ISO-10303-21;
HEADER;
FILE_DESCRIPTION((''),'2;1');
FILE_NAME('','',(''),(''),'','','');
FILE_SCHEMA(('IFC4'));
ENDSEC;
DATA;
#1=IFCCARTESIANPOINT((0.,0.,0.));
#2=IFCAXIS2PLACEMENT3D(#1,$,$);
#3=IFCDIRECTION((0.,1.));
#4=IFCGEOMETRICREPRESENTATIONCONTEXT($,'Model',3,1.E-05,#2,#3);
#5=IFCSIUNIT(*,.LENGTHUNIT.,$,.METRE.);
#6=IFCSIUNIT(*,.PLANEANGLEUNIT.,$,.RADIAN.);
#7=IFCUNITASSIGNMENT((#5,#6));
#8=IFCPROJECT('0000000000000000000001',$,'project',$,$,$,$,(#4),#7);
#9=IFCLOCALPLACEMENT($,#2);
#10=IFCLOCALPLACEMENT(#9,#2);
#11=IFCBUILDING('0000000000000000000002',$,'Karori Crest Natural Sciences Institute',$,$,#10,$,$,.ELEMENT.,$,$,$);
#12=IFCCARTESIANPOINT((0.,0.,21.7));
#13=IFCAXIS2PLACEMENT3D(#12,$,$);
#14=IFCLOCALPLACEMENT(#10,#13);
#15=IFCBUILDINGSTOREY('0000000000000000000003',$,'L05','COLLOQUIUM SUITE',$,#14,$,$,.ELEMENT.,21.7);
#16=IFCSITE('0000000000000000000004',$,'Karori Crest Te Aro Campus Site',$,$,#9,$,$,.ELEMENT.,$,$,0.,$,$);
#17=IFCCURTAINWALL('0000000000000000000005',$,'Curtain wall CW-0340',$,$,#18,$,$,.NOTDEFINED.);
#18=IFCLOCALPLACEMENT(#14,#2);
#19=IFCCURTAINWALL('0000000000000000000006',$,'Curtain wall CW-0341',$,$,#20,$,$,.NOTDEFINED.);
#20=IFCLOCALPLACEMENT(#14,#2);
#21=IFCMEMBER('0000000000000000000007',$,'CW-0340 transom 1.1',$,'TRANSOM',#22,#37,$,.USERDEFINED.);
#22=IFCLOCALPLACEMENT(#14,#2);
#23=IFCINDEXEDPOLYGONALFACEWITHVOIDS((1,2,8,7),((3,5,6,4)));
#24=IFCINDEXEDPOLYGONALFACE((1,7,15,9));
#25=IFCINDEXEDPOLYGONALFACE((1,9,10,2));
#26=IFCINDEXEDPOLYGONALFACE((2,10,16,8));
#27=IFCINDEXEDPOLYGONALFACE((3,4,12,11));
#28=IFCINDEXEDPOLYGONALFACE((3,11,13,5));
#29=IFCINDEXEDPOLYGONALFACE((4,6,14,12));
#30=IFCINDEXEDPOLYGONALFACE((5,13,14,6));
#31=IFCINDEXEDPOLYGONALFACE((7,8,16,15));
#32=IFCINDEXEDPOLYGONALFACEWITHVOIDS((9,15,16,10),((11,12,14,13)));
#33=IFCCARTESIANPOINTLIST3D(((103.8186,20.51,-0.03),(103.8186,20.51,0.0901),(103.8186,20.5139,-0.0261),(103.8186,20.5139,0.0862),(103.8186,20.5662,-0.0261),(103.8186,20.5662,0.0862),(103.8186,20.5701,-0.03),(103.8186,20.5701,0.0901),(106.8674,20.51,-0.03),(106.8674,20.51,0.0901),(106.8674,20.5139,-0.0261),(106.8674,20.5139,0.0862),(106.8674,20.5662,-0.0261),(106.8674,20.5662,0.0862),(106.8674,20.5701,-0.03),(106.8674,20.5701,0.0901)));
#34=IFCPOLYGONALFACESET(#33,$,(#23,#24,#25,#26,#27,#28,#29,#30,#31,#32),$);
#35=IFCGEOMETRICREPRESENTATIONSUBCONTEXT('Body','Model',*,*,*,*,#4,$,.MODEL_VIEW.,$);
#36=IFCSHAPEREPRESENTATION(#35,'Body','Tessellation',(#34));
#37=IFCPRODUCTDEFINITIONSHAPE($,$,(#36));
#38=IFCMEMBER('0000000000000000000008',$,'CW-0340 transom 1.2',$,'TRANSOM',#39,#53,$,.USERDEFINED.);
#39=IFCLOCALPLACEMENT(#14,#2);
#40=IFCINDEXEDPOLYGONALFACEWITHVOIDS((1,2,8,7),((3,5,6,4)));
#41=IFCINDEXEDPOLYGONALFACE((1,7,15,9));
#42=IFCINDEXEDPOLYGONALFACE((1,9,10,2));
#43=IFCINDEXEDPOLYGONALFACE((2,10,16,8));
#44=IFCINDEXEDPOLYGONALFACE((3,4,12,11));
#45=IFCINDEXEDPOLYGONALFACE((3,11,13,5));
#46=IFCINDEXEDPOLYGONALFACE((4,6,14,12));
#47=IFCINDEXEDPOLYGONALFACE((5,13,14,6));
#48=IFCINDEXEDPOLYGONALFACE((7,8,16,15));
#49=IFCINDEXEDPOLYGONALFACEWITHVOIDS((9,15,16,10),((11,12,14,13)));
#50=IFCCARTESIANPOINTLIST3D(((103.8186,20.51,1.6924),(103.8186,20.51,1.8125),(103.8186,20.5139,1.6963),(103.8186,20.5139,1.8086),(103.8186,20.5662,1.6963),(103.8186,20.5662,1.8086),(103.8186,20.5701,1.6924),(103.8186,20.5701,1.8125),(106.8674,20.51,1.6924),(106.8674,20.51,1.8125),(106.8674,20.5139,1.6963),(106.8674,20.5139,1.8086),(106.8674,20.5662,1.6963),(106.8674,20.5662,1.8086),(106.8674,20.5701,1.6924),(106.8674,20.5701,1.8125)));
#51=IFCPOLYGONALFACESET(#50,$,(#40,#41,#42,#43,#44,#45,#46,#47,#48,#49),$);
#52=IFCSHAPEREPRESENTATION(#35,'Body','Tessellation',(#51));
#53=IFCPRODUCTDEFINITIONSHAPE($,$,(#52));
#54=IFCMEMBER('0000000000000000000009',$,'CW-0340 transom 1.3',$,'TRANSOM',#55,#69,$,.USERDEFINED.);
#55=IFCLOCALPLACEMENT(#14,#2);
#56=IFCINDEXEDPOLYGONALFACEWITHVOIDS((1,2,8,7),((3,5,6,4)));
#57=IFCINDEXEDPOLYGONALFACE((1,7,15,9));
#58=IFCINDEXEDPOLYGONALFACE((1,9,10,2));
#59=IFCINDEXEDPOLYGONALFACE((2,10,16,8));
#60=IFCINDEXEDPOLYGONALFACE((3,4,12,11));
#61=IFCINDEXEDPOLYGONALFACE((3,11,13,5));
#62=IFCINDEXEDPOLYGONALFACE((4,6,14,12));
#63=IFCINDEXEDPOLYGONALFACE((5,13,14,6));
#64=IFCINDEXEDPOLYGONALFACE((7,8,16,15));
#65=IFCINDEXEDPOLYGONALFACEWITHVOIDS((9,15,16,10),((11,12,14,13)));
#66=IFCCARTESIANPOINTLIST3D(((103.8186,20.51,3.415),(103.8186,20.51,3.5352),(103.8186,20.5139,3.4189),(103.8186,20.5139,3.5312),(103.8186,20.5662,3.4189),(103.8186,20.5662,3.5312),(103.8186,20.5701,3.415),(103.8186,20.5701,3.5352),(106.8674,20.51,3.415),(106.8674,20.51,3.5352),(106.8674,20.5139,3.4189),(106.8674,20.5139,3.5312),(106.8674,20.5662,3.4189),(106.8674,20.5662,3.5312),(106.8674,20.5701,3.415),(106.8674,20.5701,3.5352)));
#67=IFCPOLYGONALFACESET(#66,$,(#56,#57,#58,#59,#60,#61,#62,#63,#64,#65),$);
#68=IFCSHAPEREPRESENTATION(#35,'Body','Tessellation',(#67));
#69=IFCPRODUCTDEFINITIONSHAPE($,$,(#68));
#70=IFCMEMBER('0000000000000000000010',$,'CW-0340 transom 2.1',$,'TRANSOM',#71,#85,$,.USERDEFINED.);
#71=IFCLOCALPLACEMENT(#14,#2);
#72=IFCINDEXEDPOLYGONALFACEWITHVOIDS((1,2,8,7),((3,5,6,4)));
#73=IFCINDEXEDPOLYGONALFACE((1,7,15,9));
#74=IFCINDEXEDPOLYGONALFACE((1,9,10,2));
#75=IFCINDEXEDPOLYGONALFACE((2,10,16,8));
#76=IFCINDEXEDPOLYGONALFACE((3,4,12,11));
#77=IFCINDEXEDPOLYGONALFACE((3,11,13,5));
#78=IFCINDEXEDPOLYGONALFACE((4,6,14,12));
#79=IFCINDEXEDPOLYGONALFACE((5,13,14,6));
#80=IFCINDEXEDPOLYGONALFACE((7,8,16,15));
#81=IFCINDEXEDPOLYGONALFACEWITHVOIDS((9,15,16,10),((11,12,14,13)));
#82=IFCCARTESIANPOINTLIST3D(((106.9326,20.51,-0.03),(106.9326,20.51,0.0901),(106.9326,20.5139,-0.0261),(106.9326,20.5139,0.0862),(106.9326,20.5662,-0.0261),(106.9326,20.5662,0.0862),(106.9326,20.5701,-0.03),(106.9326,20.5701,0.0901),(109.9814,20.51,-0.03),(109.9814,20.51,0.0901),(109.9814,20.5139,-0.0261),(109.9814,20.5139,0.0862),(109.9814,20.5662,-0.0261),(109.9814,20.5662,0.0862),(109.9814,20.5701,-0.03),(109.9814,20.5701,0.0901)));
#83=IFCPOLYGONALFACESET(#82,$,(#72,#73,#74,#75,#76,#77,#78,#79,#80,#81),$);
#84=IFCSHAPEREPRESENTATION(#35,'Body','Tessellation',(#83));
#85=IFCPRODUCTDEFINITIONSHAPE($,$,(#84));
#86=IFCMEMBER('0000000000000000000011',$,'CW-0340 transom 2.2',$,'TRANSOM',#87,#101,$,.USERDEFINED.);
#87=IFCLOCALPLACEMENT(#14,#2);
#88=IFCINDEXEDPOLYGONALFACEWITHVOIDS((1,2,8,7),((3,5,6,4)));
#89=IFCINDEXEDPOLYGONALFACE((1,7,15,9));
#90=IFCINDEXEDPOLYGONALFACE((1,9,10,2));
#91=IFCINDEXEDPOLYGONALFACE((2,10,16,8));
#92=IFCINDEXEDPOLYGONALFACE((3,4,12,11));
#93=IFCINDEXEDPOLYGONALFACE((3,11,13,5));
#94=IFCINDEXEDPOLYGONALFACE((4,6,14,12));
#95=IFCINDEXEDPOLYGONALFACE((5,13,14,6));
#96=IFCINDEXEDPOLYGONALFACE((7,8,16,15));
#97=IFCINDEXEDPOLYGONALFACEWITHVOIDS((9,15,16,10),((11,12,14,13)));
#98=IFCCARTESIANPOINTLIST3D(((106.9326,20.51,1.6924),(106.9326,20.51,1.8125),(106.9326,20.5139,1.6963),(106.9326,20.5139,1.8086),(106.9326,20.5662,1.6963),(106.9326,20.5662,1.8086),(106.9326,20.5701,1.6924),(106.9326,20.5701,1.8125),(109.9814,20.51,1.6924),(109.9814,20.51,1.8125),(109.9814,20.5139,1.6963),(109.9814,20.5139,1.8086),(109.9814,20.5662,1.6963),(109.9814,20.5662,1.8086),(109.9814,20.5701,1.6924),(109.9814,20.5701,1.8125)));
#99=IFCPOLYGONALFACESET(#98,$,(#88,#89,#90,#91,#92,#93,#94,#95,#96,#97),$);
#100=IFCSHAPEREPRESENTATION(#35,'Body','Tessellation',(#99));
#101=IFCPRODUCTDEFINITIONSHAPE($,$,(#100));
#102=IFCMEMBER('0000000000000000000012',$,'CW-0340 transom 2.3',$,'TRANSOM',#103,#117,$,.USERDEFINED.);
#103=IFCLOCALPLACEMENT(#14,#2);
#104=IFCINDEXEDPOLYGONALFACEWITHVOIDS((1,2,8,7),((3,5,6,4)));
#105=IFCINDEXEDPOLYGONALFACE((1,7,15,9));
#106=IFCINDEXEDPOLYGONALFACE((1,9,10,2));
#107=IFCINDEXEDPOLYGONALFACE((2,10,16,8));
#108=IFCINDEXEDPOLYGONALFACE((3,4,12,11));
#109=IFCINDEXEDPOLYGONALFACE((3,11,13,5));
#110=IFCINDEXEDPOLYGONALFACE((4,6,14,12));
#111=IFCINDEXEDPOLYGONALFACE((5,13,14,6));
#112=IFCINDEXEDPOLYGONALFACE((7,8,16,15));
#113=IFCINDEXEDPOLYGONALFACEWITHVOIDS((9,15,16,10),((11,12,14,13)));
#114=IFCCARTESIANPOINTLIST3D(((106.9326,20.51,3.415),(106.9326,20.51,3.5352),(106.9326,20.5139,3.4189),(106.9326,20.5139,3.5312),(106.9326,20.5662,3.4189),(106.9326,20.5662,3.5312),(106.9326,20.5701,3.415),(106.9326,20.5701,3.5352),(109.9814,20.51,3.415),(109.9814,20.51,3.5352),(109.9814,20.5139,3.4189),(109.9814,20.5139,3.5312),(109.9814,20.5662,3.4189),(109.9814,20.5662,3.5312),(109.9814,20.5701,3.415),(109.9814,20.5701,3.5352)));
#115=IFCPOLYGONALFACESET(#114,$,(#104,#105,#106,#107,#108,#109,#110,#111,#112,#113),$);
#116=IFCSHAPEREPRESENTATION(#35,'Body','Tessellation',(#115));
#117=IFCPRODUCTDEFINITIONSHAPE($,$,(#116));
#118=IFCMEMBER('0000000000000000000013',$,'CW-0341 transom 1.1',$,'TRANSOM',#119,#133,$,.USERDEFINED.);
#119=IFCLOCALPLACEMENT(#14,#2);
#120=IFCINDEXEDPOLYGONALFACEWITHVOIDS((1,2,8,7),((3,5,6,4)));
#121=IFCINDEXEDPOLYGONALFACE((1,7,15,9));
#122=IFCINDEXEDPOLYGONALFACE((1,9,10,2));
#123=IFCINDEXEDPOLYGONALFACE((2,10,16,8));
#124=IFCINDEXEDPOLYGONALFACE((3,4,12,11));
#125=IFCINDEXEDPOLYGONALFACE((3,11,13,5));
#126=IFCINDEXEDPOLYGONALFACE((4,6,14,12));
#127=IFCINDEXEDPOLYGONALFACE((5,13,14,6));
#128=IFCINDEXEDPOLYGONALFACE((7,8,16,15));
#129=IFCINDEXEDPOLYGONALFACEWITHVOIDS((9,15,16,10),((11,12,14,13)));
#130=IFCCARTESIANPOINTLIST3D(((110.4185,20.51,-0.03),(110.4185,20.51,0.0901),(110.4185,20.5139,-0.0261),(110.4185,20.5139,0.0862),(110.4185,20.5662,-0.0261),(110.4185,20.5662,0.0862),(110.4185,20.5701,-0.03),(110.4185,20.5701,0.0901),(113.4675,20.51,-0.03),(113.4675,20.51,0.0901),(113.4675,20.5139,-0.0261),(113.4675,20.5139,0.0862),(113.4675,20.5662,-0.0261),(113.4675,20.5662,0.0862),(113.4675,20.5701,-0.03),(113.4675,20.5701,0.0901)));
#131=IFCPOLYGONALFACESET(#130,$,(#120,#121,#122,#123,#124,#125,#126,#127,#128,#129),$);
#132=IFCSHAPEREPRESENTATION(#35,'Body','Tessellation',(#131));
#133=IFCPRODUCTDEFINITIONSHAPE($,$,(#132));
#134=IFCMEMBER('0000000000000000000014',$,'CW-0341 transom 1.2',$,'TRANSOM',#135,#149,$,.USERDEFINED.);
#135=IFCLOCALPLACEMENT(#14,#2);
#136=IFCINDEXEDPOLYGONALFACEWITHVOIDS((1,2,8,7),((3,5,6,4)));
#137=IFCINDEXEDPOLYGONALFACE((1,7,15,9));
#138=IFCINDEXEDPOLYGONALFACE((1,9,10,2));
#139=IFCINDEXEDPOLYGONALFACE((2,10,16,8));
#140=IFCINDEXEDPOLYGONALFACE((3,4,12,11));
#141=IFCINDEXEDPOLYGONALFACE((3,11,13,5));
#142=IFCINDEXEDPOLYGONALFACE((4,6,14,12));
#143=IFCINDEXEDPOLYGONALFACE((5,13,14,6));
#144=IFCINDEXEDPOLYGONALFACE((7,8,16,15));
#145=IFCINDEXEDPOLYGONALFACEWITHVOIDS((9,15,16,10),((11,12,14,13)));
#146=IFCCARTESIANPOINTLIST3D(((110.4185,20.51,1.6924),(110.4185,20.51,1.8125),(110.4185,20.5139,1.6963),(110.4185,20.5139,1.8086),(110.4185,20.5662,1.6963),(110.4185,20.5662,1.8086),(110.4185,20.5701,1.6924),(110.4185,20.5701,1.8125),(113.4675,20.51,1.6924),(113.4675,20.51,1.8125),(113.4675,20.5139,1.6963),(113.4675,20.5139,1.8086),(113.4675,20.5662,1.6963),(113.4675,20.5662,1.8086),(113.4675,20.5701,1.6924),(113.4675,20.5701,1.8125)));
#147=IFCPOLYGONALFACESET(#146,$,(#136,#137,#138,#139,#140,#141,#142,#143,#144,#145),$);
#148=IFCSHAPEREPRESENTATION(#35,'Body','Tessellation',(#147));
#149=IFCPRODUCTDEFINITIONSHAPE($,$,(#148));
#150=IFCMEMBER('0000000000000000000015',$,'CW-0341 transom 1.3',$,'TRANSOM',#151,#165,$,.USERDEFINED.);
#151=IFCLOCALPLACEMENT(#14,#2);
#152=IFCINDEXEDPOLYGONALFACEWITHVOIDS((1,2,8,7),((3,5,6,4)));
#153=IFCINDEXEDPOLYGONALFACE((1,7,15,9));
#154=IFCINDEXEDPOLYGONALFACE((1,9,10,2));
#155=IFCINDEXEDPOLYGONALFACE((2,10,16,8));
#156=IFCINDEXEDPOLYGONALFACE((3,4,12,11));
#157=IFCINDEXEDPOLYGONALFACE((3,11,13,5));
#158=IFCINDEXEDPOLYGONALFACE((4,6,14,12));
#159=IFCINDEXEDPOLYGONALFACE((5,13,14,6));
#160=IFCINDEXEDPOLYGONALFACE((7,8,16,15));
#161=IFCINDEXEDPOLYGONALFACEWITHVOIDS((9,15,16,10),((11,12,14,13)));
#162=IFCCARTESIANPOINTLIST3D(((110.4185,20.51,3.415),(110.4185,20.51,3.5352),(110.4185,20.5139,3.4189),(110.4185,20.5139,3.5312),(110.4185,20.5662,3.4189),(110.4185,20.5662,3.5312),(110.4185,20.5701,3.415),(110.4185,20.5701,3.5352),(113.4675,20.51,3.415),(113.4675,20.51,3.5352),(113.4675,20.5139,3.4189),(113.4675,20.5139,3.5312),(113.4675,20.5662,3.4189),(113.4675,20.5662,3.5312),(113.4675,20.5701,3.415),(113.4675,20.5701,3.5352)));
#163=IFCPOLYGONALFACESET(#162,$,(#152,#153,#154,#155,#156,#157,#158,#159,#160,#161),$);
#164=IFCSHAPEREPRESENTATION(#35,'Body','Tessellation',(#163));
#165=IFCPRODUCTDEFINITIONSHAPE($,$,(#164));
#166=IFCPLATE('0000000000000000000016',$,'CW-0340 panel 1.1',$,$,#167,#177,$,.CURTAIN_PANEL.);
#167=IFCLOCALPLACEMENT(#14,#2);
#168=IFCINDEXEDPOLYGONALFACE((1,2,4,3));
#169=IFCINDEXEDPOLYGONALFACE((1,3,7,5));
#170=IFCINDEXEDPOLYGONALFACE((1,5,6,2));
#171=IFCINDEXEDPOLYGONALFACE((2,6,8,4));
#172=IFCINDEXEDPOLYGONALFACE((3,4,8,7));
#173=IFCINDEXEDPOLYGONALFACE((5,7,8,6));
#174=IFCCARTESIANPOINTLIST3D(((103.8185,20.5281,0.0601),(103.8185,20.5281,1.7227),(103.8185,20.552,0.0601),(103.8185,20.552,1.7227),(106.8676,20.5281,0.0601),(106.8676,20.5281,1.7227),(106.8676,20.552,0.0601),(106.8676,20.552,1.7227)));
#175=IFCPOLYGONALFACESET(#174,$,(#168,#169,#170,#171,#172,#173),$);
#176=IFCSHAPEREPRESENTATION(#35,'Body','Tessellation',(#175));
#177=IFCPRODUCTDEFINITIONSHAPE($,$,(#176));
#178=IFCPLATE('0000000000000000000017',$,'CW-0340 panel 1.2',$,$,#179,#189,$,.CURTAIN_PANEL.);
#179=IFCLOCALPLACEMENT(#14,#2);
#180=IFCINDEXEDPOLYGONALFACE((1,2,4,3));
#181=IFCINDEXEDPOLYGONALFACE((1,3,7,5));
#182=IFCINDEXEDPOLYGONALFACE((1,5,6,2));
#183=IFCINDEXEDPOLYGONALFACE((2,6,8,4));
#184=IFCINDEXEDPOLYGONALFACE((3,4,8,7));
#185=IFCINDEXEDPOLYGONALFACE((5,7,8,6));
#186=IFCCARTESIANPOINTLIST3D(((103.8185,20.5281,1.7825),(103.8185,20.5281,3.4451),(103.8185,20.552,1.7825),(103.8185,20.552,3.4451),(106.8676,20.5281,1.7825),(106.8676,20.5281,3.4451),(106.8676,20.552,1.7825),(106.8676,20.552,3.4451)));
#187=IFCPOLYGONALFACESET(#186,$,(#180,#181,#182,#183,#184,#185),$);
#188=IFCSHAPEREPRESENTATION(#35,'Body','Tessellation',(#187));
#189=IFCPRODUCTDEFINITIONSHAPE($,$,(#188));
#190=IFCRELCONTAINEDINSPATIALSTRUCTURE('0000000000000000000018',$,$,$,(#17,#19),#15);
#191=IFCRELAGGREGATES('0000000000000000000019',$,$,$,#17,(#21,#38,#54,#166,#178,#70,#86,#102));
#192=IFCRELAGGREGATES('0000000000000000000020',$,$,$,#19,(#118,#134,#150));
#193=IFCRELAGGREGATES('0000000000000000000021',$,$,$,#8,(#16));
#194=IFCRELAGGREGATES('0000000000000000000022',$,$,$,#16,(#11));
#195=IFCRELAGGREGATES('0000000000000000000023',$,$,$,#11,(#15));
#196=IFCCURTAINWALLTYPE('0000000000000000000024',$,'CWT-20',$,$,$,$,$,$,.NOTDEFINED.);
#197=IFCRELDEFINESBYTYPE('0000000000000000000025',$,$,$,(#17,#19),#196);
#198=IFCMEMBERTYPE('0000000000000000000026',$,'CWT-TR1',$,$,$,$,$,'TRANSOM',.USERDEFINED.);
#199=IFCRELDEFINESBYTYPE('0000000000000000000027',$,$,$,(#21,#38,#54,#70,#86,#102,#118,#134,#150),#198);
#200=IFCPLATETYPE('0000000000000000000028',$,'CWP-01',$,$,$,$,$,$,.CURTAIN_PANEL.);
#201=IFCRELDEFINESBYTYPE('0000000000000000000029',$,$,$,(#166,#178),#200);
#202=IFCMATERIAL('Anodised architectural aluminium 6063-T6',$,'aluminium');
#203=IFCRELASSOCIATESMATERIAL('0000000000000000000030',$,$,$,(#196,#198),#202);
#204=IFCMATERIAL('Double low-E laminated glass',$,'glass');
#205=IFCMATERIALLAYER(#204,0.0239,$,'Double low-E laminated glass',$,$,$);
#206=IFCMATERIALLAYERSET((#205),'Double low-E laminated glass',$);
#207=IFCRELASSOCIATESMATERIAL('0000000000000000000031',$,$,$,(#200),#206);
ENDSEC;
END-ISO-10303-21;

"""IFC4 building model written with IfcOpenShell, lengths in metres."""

from ifc_helpers import new_model, si_unit, direction, frame, origin, origin_2d, place, context, subcontext, project, spatial, rectangle, hollow_rectangle, extrude, material, layer, layer_set, material_profile, profile_set, type_object, element, aggregate, save


model = new_model("IFC4")

# Units and contexts
model_context = context("Model", 3, precision=1e-05, world=origin(), true_north=direction((0.0, 1.0)))
body_context = subcontext(model_context, "Body", "Model", "MODEL_VIEW")
ifc_project = project(units=[si_unit("LENGTHUNIT", "METRE"), si_unit("PLANEANGLEUNIT", "RADIAN")], contexts=[model_context])

# Site, building, storey
site_placement = place(None, origin())
site = spatial("IfcSite", under=ifc_project, at=site_placement, Name="Karori Crest Te Aro Campus Site", CompositionType="ELEMENT", RefElevation=0.0)
building_placement = place(site_placement, origin())
building = spatial("IfcBuilding", under=site, at=building_placement, Name="Karori Crest Natural Sciences Institute", CompositionType="ELEMENT")
storey_placement = place(building_placement, frame((0.0, 0.0, 21.7)))
storey = spatial("IfcBuildingStorey", under=building, at=storey_placement, Name="L05", Description="COLLOQUIUM SUITE", CompositionType="ELEMENT", Elevation=21.7)

# Curtain walls
ifc_material_1 = material(Name="Anodised architectural aluminium 6063-T6", Category="aluminium")
curtain_wall_type = type_object("IfcCurtainWallType", Name="CWT-20", PredefinedType="NOTDEFINED", material=ifc_material_1)
curtain_wall_1_placement = place(storey_placement, origin())
curtain_wall_1 = element("IfcCurtainWall", 1, at=curtain_wall_1_placement, inside=storey, type_object=curtain_wall_type, Name="Curtain wall CW-0340", PredefinedType="NOTDEFINED")
curtain_wall_2_placement = place(storey_placement, origin())
curtain_wall_2 = element("IfcCurtainWall", 2, at=curtain_wall_2_placement, inside=storey, type_object=curtain_wall_type, Name="Curtain wall CW-0341", PredefinedType="NOTDEFINED")

# Members
ifc_material_profile_1 = material_profile(ifc_material_1, hollow_rectangle(XDim=0.0601, YDim=0.1201, WallThickness=0.0039, at=origin_2d()), Name="CWT120x60x4")
ifc_profile_set_1 = profile_set([ifc_material_profile_1], Name="Anodised architectural aluminium 6063-T6")
member_type_1 = type_object("IfcMemberType", Name="CWT-TR1", ElementType="TRANSOM", PredefinedType="USERDEFINED", material=ifc_profile_set_1)
member_1_placement = place(storey_placement, frame((103.8186, 20.54, 0.03), z_axis=(1.0, 0.0, 0.0), x_axis=(0.0, 1.0, 0.0)))
member_1 = element("IfcMember", 3, at=member_1_placement, type_object=member_type_1, Name="CW-0340 transom 1.1", ObjectType="TRANSOM", PredefinedType="USERDEFINED", context=body_context, shape_type="SweptSolid", body=[
    extrude(hollow_rectangle(XDim=0.0601, YDim=0.1201, WallThickness=0.0039, at=origin_2d()), origin(), (0.0, 0.0, 1.0), 3.0488),
])
member_2_placement = place(storey_placement, frame((103.8186, 20.54, 1.7524), z_axis=(1.0, 0.0, 0.0), x_axis=(0.0, 1.0, 0.0)))
member_2 = element("IfcMember", 4, at=member_2_placement, type_object=member_type_1, Name="CW-0340 transom 1.2", ObjectType="TRANSOM", PredefinedType="USERDEFINED", context=body_context, shape_type="SweptSolid", body=[
    extrude(hollow_rectangle(XDim=0.0601, YDim=0.1201, WallThickness=0.0039, at=origin_2d()), origin(), (0.0, 0.0, 1.0), 3.0488),
])
member_3_placement = place(storey_placement, frame((103.8186, 20.54, 3.4751), z_axis=(1.0, 0.0, 0.0), x_axis=(0.0, 1.0, 0.0)))
member_3 = element("IfcMember", 5, at=member_3_placement, type_object=member_type_1, Name="CW-0340 transom 1.3", ObjectType="TRANSOM", PredefinedType="USERDEFINED", context=body_context, shape_type="SweptSolid", body=[
    extrude(hollow_rectangle(XDim=0.0601, YDim=0.1201, WallThickness=0.0039, at=origin_2d()), origin(), (0.0, 0.0, 1.0), 3.0488),
])
member_4_placement = place(storey_placement, frame((106.9326, 20.54, 0.03), z_axis=(1.0, 0.0, 0.0), x_axis=(0.0, 1.0, 0.0)))
member_4 = element("IfcMember", 6, at=member_4_placement, type_object=member_type_1, Name="CW-0340 transom 2.1", ObjectType="TRANSOM", PredefinedType="USERDEFINED", context=body_context, shape_type="SweptSolid", body=[
    extrude(hollow_rectangle(XDim=0.0601, YDim=0.1201, WallThickness=0.0039, at=origin_2d()), origin(), (0.0, 0.0, 1.0), 3.0488),
])
member_5_placement = place(storey_placement, frame((106.9326, 20.54, 1.7524), z_axis=(1.0, 0.0, 0.0), x_axis=(0.0, 1.0, 0.0)))
member_5 = element("IfcMember", 7, at=member_5_placement, type_object=member_type_1, Name="CW-0340 transom 2.2", ObjectType="TRANSOM", PredefinedType="USERDEFINED", context=body_context, shape_type="SweptSolid", body=[
    extrude(hollow_rectangle(XDim=0.0601, YDim=0.1201, WallThickness=0.0039, at=origin_2d()), origin(), (0.0, 0.0, 1.0), 3.0488),
])
member_6_placement = place(storey_placement, frame((106.9326, 20.54, 3.4751), z_axis=(1.0, 0.0, 0.0), x_axis=(0.0, 1.0, 0.0)))
member_6 = element("IfcMember", 8, at=member_6_placement, type_object=member_type_1, Name="CW-0340 transom 2.3", ObjectType="TRANSOM", PredefinedType="USERDEFINED", context=body_context, shape_type="SweptSolid", body=[
    extrude(hollow_rectangle(XDim=0.0601, YDim=0.1201, WallThickness=0.0039, at=origin_2d()), origin(), (0.0, 0.0, 1.0), 3.0488),
])
member_7_placement = place(storey_placement, frame((110.4185, 20.54, 0.03), z_axis=(1.0, 0.0, 0.0), x_axis=(0.0, 1.0, 0.0)))
member_7 = element("IfcMember", 9, at=member_7_placement, type_object=member_type_1, Name="CW-0341 transom 1.1", ObjectType="TRANSOM", PredefinedType="USERDEFINED", context=body_context, shape_type="SweptSolid", body=[
    extrude(hollow_rectangle(XDim=0.0601, YDim=0.1201, WallThickness=0.0039, at=origin_2d()), origin(), (0.0, 0.0, 1.0), 3.0491),
])
member_8_placement = place(storey_placement, frame((110.4185, 20.54, 1.7524), z_axis=(1.0, 0.0, 0.0), x_axis=(0.0, 1.0, 0.0)))
member_8 = element("IfcMember", 10, at=member_8_placement, type_object=member_type_1, Name="CW-0341 transom 1.2", ObjectType="TRANSOM", PredefinedType="USERDEFINED", context=body_context, shape_type="SweptSolid", body=[
    extrude(hollow_rectangle(XDim=0.0601, YDim=0.1201, WallThickness=0.0039, at=origin_2d()), origin(), (0.0, 0.0, 1.0), 3.0491),
])
member_9_placement = place(storey_placement, frame((110.4185, 20.54, 3.4751), z_axis=(1.0, 0.0, 0.0), x_axis=(0.0, 1.0, 0.0)))
member_9 = element("IfcMember", 11, at=member_9_placement, type_object=member_type_1, Name="CW-0341 transom 1.3", ObjectType="TRANSOM", PredefinedType="USERDEFINED", context=body_context, shape_type="SweptSolid", body=[
    extrude(hollow_rectangle(XDim=0.0601, YDim=0.1201, WallThickness=0.0039, at=origin_2d()), origin(), (0.0, 0.0, 1.0), 3.0491),
])

# Plates
ifc_material_2 = material(Name="Double low-E laminated glass", Category="glass")
ifc_layer_1 = layer(ifc_material_2, 0.0239, Name="Double low-E laminated glass")
ifc_layer_set_1 = layer_set([ifc_layer_1], Name="Double low-E laminated glass")
plate_type = type_object("IfcPlateType", Name="CWP-01", PredefinedType="CURTAIN_PANEL", material=ifc_layer_set_1)
plate_1_placement = place(storey_placement, frame((105.343, 20.54, 0.0601), z_axis=(0.0, 0.0, 1.0), x_axis=(1.0, 0.0, 0.0)))
plate_1 = element("IfcPlate", 12, at=plate_1_placement, type_object=plate_type, Name="CW-0340 panel 1.1", PredefinedType="CURTAIN_PANEL", context=body_context, shape_type="SweptSolid", body=[
    extrude(rectangle(XDim=3.0491, YDim=0.0239, at=origin_2d()), origin(), (0.0, 0.0, 1.0), 1.6626),
])
plate_2_placement = place(storey_placement, frame((105.343, 20.54, 1.7825), z_axis=(0.0, 0.0, 1.0), x_axis=(1.0, 0.0, 0.0)))
plate_2 = element("IfcPlate", 13, at=plate_2_placement, type_object=plate_type, Name="CW-0340 panel 1.2", PredefinedType="CURTAIN_PANEL", context=body_context, shape_type="SweptSolid", body=[
    extrude(rectangle(XDim=3.0491, YDim=0.0239, at=origin_2d()), origin(), (0.0, 0.0, 1.0), 1.6626),
])
aggregate(curtain_wall_1, [member_1, member_2, member_3, plate_1, plate_2, member_4, member_5, member_6])
aggregate(curtain_wall_2, [member_7, member_8, member_9])

save(model, "model.ifc")
